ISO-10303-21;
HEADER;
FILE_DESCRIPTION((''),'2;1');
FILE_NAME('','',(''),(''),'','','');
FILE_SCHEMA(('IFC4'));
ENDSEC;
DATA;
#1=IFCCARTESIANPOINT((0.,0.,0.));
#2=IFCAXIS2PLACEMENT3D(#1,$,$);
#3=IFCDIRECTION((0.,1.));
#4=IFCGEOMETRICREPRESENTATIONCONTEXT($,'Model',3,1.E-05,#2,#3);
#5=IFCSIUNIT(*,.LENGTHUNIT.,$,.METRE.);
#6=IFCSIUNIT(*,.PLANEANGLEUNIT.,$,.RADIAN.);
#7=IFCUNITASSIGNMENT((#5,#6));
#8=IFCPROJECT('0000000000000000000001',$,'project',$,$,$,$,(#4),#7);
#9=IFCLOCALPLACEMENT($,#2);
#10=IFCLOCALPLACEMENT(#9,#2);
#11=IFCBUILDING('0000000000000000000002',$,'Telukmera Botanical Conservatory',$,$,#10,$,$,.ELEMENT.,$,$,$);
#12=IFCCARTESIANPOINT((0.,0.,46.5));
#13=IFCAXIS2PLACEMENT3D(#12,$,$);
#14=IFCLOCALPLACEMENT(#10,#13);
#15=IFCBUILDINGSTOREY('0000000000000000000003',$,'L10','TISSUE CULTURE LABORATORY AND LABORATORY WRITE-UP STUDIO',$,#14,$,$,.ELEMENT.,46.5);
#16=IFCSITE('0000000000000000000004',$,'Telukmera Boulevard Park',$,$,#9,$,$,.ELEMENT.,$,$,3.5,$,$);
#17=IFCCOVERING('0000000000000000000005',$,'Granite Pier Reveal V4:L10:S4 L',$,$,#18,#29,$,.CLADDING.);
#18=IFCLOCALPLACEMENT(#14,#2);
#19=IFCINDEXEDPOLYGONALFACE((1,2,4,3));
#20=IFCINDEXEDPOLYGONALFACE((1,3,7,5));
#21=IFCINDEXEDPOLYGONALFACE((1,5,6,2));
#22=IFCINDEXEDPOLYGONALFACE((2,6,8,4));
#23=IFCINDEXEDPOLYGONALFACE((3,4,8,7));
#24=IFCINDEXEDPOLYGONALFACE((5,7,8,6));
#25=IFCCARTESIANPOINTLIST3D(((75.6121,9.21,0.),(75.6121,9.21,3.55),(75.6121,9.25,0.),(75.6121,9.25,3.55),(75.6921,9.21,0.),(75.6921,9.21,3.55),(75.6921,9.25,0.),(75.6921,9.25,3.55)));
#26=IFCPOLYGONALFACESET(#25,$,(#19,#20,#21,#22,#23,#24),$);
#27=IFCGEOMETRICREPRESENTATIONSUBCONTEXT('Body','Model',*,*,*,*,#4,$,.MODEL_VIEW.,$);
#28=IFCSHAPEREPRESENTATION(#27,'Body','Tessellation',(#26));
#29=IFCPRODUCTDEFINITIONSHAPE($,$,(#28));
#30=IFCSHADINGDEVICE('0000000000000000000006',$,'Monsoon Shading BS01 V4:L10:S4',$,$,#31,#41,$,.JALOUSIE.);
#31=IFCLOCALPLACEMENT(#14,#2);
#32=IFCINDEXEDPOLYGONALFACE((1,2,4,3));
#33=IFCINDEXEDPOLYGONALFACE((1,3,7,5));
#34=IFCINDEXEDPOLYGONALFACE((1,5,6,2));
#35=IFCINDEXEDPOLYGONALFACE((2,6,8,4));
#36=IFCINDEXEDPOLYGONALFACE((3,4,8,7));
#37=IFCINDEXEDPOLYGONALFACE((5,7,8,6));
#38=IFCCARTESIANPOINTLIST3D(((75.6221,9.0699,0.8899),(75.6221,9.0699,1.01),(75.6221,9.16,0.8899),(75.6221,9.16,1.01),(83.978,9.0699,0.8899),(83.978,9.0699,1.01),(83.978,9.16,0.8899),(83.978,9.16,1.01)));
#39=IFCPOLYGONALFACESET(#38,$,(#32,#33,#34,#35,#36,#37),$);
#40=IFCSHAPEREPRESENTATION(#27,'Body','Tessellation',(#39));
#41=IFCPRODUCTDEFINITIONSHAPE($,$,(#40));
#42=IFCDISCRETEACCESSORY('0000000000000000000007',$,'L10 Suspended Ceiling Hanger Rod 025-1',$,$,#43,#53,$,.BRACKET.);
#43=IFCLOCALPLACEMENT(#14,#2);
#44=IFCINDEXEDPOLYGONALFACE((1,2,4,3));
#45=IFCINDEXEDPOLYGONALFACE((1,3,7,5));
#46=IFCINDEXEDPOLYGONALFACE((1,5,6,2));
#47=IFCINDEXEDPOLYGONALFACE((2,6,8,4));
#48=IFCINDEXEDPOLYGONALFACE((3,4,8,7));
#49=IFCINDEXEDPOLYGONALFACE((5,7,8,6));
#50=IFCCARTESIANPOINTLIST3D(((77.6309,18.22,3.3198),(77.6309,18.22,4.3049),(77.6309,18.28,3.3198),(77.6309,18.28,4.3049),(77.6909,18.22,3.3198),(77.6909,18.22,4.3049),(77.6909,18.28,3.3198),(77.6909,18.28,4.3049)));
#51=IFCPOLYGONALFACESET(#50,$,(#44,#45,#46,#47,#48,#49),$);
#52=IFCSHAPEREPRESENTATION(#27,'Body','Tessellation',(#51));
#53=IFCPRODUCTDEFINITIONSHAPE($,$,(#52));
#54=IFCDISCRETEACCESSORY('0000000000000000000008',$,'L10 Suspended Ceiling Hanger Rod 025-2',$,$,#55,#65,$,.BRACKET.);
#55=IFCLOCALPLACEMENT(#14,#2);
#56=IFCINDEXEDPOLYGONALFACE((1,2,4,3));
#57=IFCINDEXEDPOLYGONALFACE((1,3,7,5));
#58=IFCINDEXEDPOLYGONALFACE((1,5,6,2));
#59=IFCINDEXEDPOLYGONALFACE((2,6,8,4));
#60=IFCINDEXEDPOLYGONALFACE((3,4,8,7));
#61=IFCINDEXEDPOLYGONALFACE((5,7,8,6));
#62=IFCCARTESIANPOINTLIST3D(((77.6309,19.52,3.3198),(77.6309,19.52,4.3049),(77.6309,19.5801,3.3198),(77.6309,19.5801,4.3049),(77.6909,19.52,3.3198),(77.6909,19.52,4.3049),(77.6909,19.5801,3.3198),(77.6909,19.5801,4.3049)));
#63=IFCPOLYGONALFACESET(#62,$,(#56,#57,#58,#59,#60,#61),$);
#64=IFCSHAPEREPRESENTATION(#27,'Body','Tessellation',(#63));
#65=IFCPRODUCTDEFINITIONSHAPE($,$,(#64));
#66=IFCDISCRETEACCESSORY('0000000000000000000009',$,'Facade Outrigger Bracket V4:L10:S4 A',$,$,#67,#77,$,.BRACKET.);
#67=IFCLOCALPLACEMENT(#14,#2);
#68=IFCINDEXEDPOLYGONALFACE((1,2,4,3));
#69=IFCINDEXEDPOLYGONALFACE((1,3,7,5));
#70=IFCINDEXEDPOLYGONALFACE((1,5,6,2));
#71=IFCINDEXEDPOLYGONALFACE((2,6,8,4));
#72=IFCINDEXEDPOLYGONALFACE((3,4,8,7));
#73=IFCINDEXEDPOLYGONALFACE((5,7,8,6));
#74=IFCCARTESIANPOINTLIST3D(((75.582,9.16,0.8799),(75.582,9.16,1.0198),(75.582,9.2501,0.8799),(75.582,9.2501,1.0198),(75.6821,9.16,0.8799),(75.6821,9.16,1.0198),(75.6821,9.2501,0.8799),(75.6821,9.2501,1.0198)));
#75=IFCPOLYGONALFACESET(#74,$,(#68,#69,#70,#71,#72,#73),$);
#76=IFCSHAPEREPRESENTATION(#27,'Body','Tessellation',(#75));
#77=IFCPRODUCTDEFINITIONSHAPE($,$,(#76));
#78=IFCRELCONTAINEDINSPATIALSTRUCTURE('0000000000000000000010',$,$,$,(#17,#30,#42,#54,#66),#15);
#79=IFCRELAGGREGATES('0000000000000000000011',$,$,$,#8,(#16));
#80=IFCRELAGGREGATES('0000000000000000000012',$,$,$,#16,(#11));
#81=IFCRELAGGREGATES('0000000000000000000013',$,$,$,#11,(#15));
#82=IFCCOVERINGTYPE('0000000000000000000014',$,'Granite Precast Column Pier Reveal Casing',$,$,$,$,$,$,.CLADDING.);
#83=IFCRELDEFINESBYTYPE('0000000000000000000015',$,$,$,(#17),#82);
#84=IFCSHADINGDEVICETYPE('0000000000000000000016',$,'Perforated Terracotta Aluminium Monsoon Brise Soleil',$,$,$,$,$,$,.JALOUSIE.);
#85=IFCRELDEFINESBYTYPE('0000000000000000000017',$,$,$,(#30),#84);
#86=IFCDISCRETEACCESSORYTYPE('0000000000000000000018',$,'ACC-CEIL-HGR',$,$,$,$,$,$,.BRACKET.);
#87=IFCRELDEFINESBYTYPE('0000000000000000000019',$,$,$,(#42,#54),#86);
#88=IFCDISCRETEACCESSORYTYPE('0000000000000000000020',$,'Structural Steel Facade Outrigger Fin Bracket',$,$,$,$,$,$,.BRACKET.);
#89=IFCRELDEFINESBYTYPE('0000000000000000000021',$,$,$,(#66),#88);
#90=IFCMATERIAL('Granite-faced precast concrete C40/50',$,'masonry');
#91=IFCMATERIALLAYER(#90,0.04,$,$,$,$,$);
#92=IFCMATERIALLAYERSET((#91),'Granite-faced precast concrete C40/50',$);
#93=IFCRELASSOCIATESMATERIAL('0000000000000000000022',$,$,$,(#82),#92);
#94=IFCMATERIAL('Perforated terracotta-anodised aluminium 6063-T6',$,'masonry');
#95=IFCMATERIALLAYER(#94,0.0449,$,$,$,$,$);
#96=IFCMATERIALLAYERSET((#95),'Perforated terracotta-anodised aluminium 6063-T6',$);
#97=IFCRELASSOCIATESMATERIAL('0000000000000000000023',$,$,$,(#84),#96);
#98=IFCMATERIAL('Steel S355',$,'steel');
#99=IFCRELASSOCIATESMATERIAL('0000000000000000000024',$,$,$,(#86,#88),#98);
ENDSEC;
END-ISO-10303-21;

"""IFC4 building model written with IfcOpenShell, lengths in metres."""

from ifc_helpers import new_model, si_unit, direction, frame, origin, origin_2d, place, context, subcontext, project, spatial, rectangle, extrude, material, layer, layer_set, type_object, element, save


model = new_model("IFC4")

# Units and contexts
model_context = context("Model", 3, precision=1e-05, world=origin(), true_north=direction((0.0, 1.0)))
body_context = subcontext(model_context, "Body", "Model", "MODEL_VIEW")
ifc_project = project(units=[si_unit("LENGTHUNIT", "METRE"), si_unit("PLANEANGLEUNIT", "RADIAN")], contexts=[model_context])

# Site, building, storey
site_placement = place(None, origin())
site = spatial("IfcSite", under=ifc_project, at=site_placement, Name="Telukmera Boulevard Park", CompositionType="ELEMENT", RefElevation=3.5)
building_placement = place(site_placement, origin())
building = spatial("IfcBuilding", under=site, at=building_placement, Name="Telukmera Botanical Conservatory", CompositionType="ELEMENT")
storey_placement = place(building_placement, frame((0.0, 0.0, 46.5)))
storey = spatial("IfcBuildingStorey", under=building, at=storey_placement, Name="L10", Description="TISSUE CULTURE LABORATORY AND LABORATORY WRITE-UP STUDIO", CompositionType="ELEMENT", Elevation=46.5)

# Covering
ifc_material_1 = material(Name="Granite-faced precast concrete C40/50", Category="masonry")
ifc_layer_1 = layer(ifc_material_1, 0.04)
ifc_layer_set_1 = layer_set([ifc_layer_1], Name="Granite-faced precast concrete C40/50")
covering_type = type_object("IfcCoveringType", Name="Granite Precast Column Pier Reveal Casing", PredefinedType="CLADDING", material=ifc_layer_set_1)
covering_placement = place(storey_placement, frame((75.6521, 9.23, 0.0), z_axis=(0.0, 0.0, 1.0), x_axis=(1.0, 0.0, 0.0)))
element("IfcCovering", 1, at=covering_placement, inside=storey, type_object=covering_type, Name="Granite Pier Reveal V4:L10:S4 L", PredefinedType="CLADDING", context=body_context, shape_type="SweptSolid", body=[
    extrude(rectangle(XDim=0.0801, YDim=0.04, at=origin_2d()), origin(), (0.0, 0.0, 1.0), 3.55),
])

# Shading device
ifc_material_2 = material(Name="Perforated terracotta-anodised aluminium 6063-T6", Category="masonry")
ifc_layer_2 = layer(ifc_material_2, 0.0449)
ifc_layer_set_2 = layer_set([ifc_layer_2], Name="Perforated terracotta-anodised aluminium 6063-T6")
shading_device_type = type_object("IfcShadingDeviceType", Name="Perforated Terracotta Aluminium Monsoon Brise Soleil", PredefinedType="JALOUSIE", material=ifc_layer_set_2)
shading_device_placement = place(storey_placement, frame((79.8, 9.115, 0.8899), z_axis=(0.0, 0.0, 1.0), x_axis=(1.0, 0.0, 0.0)))
element("IfcShadingDevice", 2, at=shading_device_placement, inside=storey, type_object=shading_device_type, Name="Monsoon Shading BS01 V4:L10:S4", PredefinedType="JALOUSIE", context=body_context, shape_type="SweptSolid", body=[
    extrude(rectangle(XDim=8.356, YDim=0.0901, at=origin_2d()), origin(), (0.0, 0.0, 1.0), 0.1201),
])

# Discrete accessories
ifc_material_3 = material(Name="Steel S355", Category="steel")
discrete_accessory_type_1 = type_object("IfcDiscreteAccessoryType", Name="ACC-CEIL-HGR", PredefinedType="BRACKET", material=ifc_material_3)
for number, where, z_axis, x_axis, name in (
    (3, (77.6609, 18.25, 3.3198), (0.0, 0.0, 1.0), (1.0, 0.0, 0.0), "L10 Suspended Ceiling Hanger Rod 025-1"),
    (4, (77.6609, 19.55, 3.3198), (0.0, 0.0, 1.0), (1.0, 0.0, 0.0), "L10 Suspended Ceiling Hanger Rod 025-2"),
):
    element("IfcDiscreteAccessory", number, at=place(storey_placement, frame(where, z_axis=z_axis, x_axis=x_axis)), inside=storey, type_object=discrete_accessory_type_1, Name=name, PredefinedType="BRACKET", context=body_context, shape_type="SweptSolid", body=[
        extrude(rectangle(XDim=0.0601, YDim=0.0601, at=origin_2d()), origin(), (0.0, 0.0, 1.0), 0.9851),
    ])
discrete_accessory_type_2 = type_object("IfcDiscreteAccessoryType", Name="Structural Steel Facade Outrigger Fin Bracket", PredefinedType="BRACKET", material=ifc_material_3)
discrete_accessory_placement = place(storey_placement, frame((75.6321, 9.2051, 0.8799), z_axis=(0.0, 0.0, 1.0), x_axis=(1.0, 0.0, 0.0)))
element("IfcDiscreteAccessory", 5, at=discrete_accessory_placement, inside=storey, type_object=discrete_accessory_type_2, Name="Facade Outrigger Bracket V4:L10:S4 A", PredefinedType="BRACKET", context=body_context, shape_type="SweptSolid", body=[
    extrude(rectangle(XDim=0.1001, YDim=0.0901, at=origin_2d()), origin(), (0.0, 0.0, 1.0), 0.1399),
])

save(model, "model.ifc")
